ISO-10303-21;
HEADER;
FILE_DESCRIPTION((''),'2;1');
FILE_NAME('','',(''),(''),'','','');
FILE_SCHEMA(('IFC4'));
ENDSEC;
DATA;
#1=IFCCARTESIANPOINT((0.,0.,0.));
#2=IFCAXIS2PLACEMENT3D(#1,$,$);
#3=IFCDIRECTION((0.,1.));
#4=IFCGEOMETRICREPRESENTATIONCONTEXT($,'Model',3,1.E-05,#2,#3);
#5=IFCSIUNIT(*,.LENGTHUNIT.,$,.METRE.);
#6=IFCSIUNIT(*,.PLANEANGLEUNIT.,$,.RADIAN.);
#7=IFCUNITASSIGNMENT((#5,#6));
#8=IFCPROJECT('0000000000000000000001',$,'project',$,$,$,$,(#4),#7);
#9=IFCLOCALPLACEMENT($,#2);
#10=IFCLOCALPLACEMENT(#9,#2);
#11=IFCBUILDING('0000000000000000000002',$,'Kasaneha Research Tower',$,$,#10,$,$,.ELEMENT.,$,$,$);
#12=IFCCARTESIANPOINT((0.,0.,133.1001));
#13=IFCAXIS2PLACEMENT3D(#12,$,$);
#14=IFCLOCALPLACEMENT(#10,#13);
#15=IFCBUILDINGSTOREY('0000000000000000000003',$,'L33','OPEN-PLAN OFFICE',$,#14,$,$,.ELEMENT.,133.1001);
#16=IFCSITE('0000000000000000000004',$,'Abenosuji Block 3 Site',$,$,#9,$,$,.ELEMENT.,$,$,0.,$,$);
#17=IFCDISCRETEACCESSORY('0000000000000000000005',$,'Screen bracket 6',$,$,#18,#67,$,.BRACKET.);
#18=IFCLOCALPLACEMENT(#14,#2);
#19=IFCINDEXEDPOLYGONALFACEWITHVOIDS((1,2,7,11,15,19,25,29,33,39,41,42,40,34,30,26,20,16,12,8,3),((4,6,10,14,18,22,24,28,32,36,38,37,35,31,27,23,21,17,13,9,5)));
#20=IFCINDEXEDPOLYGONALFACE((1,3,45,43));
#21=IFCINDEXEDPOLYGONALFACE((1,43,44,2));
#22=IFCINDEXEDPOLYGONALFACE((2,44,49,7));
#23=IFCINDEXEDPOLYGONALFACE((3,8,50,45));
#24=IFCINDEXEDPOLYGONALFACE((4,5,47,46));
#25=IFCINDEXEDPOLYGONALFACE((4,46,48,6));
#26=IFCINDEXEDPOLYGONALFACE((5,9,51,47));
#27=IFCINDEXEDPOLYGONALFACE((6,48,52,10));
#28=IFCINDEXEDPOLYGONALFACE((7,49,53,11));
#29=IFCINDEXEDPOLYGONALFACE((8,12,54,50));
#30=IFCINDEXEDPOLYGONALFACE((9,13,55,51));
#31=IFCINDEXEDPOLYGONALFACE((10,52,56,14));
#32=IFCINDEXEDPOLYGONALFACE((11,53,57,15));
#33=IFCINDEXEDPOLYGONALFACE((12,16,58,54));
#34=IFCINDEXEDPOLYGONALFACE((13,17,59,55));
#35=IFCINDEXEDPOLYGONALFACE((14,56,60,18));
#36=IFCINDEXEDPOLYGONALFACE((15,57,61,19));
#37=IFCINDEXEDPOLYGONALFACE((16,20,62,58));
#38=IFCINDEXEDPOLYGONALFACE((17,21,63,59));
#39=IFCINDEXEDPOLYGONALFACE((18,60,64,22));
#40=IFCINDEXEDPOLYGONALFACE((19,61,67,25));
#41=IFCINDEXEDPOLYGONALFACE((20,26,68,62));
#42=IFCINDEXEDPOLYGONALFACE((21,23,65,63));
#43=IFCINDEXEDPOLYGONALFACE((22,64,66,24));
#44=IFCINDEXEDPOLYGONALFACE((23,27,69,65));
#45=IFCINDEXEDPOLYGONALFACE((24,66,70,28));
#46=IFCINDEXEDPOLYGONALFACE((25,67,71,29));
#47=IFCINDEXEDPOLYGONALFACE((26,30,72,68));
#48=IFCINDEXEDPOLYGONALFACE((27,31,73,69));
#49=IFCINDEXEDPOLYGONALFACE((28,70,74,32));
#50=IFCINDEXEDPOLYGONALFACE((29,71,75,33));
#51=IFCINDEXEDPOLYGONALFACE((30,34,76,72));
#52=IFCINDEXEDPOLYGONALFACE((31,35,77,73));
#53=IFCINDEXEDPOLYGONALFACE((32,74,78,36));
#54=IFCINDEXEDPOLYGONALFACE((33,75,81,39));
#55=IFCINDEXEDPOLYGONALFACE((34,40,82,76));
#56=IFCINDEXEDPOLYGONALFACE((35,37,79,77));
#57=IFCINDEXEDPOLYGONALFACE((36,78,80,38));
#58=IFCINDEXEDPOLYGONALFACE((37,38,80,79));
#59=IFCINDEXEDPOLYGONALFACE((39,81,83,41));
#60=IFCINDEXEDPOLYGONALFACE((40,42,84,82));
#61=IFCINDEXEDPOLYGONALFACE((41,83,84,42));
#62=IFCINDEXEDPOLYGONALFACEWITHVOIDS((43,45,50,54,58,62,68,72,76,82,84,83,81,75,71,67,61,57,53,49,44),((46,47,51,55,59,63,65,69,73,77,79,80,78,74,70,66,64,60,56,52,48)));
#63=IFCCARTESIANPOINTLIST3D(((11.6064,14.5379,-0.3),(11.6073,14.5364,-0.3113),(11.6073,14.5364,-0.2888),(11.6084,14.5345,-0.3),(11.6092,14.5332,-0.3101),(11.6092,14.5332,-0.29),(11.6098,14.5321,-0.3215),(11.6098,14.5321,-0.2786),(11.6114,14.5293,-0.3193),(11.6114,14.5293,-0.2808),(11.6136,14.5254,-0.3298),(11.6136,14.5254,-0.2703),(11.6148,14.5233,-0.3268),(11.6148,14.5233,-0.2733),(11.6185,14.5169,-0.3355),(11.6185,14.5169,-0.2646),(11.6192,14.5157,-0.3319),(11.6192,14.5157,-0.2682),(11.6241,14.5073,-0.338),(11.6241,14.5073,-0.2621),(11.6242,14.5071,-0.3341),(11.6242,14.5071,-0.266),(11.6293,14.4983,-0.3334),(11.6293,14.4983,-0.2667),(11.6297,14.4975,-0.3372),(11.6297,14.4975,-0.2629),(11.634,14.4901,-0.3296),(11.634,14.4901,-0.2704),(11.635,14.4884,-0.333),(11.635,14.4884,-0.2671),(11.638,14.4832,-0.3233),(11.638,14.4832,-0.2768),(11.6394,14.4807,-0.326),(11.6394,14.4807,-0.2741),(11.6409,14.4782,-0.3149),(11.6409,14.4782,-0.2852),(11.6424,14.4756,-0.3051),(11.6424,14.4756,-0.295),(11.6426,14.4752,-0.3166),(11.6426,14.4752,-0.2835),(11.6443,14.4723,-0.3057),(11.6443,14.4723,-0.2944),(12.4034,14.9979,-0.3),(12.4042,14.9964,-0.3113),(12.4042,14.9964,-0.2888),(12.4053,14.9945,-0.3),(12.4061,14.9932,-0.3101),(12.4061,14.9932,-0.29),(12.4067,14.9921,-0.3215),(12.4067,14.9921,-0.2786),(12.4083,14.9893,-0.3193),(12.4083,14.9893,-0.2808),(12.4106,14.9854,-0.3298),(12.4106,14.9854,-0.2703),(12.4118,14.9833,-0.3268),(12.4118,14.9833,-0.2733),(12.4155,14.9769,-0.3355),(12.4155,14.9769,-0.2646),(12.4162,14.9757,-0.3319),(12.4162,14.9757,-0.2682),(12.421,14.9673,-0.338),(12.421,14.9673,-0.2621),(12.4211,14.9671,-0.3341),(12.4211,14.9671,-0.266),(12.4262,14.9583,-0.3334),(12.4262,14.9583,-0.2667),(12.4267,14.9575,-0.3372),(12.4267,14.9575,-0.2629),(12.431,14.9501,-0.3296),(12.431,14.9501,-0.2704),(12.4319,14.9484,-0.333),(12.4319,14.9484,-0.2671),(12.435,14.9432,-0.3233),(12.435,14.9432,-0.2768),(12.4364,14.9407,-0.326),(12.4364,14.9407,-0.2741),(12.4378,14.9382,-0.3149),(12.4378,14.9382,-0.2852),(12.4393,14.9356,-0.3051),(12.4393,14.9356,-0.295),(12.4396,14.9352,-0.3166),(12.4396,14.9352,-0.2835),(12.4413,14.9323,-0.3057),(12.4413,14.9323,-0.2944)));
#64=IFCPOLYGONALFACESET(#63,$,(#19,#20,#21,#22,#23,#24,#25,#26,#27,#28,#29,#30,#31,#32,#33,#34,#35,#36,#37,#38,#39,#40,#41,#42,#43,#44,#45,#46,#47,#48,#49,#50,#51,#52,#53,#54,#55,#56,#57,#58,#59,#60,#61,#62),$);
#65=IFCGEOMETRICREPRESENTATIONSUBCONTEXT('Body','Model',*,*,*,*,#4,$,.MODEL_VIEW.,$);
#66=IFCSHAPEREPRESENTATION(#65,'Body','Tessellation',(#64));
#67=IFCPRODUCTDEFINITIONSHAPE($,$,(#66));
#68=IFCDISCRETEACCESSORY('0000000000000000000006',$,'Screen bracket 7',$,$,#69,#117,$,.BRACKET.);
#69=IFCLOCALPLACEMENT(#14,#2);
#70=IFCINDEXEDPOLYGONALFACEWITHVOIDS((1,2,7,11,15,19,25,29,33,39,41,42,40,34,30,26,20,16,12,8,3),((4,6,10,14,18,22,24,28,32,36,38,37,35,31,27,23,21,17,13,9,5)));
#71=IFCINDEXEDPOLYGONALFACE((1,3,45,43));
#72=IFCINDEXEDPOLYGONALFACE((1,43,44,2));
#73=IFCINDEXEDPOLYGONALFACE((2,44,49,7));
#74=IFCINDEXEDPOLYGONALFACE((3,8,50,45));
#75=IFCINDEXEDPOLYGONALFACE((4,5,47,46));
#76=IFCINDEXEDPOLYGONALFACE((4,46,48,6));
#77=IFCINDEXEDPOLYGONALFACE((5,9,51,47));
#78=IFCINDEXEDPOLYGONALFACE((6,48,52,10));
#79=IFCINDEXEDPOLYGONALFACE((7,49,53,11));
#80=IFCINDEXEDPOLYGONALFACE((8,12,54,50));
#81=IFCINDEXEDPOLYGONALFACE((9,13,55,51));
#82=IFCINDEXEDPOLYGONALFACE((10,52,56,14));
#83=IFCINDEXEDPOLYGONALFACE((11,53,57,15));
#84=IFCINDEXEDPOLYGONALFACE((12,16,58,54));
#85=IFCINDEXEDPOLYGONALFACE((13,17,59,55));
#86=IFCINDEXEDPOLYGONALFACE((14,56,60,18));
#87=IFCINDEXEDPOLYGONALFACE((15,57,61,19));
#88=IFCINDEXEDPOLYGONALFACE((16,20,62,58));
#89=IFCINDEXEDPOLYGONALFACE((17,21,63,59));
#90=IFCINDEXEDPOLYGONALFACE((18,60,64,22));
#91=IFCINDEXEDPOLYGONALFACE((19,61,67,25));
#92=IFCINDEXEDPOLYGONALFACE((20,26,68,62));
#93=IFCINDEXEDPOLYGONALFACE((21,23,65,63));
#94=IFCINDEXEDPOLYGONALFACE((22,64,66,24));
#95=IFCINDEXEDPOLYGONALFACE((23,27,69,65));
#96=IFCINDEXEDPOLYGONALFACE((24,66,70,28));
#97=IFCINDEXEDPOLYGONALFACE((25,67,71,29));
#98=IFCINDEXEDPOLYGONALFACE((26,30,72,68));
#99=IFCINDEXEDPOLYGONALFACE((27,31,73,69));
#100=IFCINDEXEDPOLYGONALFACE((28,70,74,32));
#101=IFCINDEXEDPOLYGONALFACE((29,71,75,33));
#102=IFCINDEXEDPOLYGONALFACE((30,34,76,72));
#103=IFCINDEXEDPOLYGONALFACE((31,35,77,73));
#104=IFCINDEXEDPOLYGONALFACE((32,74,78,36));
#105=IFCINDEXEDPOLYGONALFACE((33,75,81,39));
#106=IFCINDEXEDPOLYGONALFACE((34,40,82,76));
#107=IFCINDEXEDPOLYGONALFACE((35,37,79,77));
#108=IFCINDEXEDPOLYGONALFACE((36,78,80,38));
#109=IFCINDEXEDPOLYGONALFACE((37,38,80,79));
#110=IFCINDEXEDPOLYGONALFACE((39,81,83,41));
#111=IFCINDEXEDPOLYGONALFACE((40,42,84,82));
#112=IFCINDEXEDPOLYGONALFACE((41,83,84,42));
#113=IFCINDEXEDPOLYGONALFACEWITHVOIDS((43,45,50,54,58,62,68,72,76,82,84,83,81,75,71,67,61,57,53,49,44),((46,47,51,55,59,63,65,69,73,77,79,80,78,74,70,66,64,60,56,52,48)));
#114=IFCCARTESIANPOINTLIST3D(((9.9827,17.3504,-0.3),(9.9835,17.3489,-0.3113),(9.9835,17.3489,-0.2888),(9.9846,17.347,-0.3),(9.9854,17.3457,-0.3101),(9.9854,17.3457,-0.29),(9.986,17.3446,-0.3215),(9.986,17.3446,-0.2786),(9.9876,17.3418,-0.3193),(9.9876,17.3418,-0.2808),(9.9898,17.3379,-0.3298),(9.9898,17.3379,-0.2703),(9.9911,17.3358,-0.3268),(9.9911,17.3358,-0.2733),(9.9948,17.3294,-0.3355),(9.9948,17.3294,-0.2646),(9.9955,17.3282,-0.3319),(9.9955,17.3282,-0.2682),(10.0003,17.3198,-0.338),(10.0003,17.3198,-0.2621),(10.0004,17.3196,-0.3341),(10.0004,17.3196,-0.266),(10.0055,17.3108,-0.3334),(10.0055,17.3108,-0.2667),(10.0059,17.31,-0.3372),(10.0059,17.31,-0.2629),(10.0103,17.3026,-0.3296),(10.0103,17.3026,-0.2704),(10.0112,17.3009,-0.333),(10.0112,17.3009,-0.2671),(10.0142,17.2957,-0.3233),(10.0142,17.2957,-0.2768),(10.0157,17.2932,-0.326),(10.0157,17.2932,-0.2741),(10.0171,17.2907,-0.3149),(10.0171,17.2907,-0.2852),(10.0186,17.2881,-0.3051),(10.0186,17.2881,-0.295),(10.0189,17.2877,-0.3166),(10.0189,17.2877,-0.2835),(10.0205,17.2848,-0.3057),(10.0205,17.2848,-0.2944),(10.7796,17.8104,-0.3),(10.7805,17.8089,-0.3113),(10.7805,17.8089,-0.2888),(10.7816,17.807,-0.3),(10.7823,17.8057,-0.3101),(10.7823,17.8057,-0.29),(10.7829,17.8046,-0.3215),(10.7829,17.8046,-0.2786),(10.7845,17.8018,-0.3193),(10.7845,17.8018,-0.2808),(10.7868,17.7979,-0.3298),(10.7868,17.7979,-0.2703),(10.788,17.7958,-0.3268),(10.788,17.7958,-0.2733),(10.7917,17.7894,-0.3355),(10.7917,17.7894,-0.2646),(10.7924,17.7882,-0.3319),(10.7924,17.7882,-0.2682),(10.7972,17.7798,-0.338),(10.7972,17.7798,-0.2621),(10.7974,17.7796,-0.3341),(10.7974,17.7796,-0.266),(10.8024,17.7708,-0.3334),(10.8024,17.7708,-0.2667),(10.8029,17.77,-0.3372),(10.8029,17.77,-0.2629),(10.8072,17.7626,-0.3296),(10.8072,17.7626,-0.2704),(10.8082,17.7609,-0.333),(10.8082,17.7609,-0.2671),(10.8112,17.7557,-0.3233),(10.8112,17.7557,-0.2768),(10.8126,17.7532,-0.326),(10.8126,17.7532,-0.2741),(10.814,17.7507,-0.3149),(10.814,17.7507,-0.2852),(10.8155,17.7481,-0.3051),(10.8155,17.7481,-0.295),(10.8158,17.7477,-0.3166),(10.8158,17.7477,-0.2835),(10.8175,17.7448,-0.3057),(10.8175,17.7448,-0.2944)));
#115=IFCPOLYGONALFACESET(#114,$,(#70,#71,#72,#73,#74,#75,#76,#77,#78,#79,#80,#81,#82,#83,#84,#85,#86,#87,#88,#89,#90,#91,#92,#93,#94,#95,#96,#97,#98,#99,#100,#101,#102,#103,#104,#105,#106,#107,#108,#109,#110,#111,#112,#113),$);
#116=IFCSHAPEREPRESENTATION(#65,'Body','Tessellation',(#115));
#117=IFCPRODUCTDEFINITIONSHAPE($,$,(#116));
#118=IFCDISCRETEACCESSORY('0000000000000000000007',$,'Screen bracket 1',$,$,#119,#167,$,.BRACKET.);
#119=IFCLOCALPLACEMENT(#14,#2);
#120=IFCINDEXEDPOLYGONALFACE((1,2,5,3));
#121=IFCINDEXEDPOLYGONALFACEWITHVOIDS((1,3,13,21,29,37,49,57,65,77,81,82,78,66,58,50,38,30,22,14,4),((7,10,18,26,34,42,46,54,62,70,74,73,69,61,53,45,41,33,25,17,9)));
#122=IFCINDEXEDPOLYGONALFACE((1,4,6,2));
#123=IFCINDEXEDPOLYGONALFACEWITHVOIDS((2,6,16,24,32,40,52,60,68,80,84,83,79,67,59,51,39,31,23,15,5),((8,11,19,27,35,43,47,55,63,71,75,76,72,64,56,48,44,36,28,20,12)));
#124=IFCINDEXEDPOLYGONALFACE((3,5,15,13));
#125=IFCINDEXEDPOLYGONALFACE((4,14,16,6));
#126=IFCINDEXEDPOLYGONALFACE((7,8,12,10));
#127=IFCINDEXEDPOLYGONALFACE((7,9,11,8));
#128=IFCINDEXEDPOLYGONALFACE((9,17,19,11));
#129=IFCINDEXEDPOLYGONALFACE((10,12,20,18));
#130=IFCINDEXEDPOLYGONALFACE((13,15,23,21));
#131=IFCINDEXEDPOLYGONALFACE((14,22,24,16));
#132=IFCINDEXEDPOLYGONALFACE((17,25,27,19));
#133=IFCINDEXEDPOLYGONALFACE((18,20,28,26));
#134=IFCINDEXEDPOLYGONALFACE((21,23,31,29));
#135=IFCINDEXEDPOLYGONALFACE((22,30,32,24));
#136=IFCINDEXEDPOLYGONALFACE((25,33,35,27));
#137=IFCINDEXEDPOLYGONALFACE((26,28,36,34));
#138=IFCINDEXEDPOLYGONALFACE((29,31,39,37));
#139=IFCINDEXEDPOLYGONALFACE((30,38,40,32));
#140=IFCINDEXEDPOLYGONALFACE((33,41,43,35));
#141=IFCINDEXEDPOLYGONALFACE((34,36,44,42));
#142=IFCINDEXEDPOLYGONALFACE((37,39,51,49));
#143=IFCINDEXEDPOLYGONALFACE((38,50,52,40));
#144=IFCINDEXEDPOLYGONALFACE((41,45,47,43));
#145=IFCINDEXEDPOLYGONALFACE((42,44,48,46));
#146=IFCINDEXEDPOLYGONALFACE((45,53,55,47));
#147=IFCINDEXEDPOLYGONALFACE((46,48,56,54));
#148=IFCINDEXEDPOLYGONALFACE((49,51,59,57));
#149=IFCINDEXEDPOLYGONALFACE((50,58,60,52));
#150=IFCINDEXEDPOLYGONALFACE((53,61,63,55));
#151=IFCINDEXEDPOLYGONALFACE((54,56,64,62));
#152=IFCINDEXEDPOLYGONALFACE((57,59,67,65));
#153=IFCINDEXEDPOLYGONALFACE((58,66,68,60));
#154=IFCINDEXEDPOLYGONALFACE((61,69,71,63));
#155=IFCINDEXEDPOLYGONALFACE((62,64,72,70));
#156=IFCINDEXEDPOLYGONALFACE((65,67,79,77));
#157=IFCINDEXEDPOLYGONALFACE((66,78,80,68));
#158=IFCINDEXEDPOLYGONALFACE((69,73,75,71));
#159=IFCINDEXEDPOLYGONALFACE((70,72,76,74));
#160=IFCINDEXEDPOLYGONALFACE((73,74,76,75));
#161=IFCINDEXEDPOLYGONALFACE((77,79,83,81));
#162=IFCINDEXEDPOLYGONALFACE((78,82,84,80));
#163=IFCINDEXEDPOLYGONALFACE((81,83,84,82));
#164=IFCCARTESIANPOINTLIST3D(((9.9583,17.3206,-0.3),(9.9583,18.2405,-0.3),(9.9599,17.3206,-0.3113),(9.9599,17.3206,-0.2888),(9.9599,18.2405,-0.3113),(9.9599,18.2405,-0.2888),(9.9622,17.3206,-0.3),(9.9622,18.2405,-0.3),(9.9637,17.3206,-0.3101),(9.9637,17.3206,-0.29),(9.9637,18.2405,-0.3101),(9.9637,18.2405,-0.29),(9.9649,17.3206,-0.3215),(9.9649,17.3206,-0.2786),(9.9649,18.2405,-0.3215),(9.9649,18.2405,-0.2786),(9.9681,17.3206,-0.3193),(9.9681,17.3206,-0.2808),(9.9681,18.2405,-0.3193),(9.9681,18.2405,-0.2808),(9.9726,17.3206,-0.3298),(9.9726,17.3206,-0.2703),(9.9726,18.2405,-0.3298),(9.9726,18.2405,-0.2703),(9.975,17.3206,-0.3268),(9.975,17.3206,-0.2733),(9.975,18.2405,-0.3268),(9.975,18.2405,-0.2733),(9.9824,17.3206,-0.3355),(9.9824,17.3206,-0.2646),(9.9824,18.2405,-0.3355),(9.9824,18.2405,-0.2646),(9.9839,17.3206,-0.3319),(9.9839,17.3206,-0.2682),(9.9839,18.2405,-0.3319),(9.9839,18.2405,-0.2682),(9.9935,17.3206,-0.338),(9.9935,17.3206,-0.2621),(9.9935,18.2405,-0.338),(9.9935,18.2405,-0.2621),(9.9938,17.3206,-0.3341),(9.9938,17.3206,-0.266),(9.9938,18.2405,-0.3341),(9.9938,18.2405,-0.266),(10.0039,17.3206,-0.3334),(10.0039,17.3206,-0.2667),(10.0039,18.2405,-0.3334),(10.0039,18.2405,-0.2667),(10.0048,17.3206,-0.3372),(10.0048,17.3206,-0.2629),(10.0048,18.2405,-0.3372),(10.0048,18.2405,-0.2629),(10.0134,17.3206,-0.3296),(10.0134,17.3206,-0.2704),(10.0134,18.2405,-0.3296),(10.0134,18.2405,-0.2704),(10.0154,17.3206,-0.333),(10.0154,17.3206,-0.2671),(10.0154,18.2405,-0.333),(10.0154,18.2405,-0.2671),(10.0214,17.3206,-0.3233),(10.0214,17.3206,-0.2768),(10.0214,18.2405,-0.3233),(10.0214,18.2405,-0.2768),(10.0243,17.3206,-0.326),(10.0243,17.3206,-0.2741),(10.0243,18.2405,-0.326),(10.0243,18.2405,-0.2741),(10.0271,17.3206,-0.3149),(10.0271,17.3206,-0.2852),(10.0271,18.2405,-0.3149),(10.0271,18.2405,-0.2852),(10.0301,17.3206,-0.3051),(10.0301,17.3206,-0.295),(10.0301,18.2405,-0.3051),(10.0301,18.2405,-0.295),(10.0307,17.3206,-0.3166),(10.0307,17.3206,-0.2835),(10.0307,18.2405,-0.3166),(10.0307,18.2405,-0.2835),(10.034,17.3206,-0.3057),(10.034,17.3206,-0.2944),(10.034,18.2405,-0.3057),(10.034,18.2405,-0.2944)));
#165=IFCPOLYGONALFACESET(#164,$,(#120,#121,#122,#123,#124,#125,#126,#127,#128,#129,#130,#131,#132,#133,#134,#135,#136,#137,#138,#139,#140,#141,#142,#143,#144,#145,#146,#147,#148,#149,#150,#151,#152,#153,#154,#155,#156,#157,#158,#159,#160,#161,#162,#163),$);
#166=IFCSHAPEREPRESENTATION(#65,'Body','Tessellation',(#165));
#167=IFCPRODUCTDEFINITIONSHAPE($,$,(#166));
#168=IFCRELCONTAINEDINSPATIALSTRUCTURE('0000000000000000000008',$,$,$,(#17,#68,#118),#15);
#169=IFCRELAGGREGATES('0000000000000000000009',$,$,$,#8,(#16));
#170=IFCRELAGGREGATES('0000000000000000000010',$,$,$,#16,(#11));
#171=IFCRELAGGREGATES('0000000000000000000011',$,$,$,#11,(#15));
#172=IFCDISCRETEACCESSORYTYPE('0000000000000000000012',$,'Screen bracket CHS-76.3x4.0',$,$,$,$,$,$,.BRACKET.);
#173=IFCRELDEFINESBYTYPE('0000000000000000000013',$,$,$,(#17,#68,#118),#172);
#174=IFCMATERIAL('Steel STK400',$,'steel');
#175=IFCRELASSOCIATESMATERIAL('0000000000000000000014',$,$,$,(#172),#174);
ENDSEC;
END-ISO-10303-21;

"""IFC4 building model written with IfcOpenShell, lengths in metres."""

from ifc_helpers import new_model, si_unit, direction, frame, origin, origin_2d, place, context, subcontext, project, spatial, hollow_circle, extrude, material, material_profile, profile_set, type_object, element, save


model = new_model("IFC4")

# Units and contexts
model_context = context("Model", 3, precision=1e-05, world=origin(), true_north=direction((0.0, 1.0)))
body_context = subcontext(model_context, "Body", "Model", "MODEL_VIEW")
ifc_project = project(units=[si_unit("LENGTHUNIT", "METRE"), si_unit("PLANEANGLEUNIT", "RADIAN")], contexts=[model_context])

# Site, building, storey
site_placement = place(None, origin())
site = spatial("IfcSite", under=ifc_project, at=site_placement, Name="Abenosuji Block 3 Site", CompositionType="ELEMENT", RefElevation=0.0)
building_placement = place(site_placement, origin())
building = spatial("IfcBuilding", under=site, at=building_placement, Name="Kasaneha Research Tower", CompositionType="ELEMENT")
storey_placement = place(building_placement, frame((0.0, 0.0, 133.1001)))
storey = spatial("IfcBuildingStorey", under=building, at=storey_placement, Name="L33", Description="OPEN-PLAN OFFICE", CompositionType="ELEMENT", Elevation=133.1001)

# Discrete accessories
ifc_material_1 = material(Name="Steel STK400", Category="steel")
ifc_material_profile_1 = material_profile(ifc_material_1, hollow_circle(Radius=0.0381, WallThickness=0.0039, at=origin_2d()), Name="CHS-76.3x4.0")
ifc_profile_set_1 = profile_set([ifc_material_profile_1], Name="Steel STK400")
discrete_accessory_type = type_object("IfcDiscreteAccessoryType", Name="Screen bracket CHS-76.3x4.0", PredefinedType="BRACKET", material=ifc_profile_set_1)
for number, where, z_axis, x_axis, name in (
    (1, (11.6255, 14.5049, -0.3), (0.86608, 0.499906, 0.0), (-0.499906, 0.86608, 0.0), "Screen bracket 6"),
    (2, (10.0017, 17.3174, -0.3), (0.86608, 0.499906, 0.0), (-0.499906, 0.86608, 0.0), "Screen bracket 7"),
):
    element("IfcDiscreteAccessory", number, at=place(storey_placement, frame(where, z_axis=z_axis, x_axis=x_axis)), inside=storey, type_object=discrete_accessory_type, Name=name, PredefinedType="BRACKET", context=body_context, shape_type="SweptSolid", body=[
        extrude(hollow_circle(Radius=0.0381, WallThickness=0.0039, at=origin_2d()), origin(), (0.0, 0.0, 1.0), 0.9202),
    ])
discrete_accessory_placement = place(storey_placement, frame((9.9963, 17.3206, -0.3), z_axis=(0.0, 1.0, 0.0), x_axis=(-1.0, 0.0, 0.0)))
element("IfcDiscreteAccessory", 3, at=discrete_accessory_placement, inside=storey, type_object=discrete_accessory_type, Name="Screen bracket 1", PredefinedType="BRACKET", context=body_context, shape_type="SweptSolid", body=[
    extrude(hollow_circle(Radius=0.0381, WallThickness=0.0039, at=origin_2d()), origin(), (0.0, 0.0, 1.0), 0.9199),
])

save(model, "model.ifc")
